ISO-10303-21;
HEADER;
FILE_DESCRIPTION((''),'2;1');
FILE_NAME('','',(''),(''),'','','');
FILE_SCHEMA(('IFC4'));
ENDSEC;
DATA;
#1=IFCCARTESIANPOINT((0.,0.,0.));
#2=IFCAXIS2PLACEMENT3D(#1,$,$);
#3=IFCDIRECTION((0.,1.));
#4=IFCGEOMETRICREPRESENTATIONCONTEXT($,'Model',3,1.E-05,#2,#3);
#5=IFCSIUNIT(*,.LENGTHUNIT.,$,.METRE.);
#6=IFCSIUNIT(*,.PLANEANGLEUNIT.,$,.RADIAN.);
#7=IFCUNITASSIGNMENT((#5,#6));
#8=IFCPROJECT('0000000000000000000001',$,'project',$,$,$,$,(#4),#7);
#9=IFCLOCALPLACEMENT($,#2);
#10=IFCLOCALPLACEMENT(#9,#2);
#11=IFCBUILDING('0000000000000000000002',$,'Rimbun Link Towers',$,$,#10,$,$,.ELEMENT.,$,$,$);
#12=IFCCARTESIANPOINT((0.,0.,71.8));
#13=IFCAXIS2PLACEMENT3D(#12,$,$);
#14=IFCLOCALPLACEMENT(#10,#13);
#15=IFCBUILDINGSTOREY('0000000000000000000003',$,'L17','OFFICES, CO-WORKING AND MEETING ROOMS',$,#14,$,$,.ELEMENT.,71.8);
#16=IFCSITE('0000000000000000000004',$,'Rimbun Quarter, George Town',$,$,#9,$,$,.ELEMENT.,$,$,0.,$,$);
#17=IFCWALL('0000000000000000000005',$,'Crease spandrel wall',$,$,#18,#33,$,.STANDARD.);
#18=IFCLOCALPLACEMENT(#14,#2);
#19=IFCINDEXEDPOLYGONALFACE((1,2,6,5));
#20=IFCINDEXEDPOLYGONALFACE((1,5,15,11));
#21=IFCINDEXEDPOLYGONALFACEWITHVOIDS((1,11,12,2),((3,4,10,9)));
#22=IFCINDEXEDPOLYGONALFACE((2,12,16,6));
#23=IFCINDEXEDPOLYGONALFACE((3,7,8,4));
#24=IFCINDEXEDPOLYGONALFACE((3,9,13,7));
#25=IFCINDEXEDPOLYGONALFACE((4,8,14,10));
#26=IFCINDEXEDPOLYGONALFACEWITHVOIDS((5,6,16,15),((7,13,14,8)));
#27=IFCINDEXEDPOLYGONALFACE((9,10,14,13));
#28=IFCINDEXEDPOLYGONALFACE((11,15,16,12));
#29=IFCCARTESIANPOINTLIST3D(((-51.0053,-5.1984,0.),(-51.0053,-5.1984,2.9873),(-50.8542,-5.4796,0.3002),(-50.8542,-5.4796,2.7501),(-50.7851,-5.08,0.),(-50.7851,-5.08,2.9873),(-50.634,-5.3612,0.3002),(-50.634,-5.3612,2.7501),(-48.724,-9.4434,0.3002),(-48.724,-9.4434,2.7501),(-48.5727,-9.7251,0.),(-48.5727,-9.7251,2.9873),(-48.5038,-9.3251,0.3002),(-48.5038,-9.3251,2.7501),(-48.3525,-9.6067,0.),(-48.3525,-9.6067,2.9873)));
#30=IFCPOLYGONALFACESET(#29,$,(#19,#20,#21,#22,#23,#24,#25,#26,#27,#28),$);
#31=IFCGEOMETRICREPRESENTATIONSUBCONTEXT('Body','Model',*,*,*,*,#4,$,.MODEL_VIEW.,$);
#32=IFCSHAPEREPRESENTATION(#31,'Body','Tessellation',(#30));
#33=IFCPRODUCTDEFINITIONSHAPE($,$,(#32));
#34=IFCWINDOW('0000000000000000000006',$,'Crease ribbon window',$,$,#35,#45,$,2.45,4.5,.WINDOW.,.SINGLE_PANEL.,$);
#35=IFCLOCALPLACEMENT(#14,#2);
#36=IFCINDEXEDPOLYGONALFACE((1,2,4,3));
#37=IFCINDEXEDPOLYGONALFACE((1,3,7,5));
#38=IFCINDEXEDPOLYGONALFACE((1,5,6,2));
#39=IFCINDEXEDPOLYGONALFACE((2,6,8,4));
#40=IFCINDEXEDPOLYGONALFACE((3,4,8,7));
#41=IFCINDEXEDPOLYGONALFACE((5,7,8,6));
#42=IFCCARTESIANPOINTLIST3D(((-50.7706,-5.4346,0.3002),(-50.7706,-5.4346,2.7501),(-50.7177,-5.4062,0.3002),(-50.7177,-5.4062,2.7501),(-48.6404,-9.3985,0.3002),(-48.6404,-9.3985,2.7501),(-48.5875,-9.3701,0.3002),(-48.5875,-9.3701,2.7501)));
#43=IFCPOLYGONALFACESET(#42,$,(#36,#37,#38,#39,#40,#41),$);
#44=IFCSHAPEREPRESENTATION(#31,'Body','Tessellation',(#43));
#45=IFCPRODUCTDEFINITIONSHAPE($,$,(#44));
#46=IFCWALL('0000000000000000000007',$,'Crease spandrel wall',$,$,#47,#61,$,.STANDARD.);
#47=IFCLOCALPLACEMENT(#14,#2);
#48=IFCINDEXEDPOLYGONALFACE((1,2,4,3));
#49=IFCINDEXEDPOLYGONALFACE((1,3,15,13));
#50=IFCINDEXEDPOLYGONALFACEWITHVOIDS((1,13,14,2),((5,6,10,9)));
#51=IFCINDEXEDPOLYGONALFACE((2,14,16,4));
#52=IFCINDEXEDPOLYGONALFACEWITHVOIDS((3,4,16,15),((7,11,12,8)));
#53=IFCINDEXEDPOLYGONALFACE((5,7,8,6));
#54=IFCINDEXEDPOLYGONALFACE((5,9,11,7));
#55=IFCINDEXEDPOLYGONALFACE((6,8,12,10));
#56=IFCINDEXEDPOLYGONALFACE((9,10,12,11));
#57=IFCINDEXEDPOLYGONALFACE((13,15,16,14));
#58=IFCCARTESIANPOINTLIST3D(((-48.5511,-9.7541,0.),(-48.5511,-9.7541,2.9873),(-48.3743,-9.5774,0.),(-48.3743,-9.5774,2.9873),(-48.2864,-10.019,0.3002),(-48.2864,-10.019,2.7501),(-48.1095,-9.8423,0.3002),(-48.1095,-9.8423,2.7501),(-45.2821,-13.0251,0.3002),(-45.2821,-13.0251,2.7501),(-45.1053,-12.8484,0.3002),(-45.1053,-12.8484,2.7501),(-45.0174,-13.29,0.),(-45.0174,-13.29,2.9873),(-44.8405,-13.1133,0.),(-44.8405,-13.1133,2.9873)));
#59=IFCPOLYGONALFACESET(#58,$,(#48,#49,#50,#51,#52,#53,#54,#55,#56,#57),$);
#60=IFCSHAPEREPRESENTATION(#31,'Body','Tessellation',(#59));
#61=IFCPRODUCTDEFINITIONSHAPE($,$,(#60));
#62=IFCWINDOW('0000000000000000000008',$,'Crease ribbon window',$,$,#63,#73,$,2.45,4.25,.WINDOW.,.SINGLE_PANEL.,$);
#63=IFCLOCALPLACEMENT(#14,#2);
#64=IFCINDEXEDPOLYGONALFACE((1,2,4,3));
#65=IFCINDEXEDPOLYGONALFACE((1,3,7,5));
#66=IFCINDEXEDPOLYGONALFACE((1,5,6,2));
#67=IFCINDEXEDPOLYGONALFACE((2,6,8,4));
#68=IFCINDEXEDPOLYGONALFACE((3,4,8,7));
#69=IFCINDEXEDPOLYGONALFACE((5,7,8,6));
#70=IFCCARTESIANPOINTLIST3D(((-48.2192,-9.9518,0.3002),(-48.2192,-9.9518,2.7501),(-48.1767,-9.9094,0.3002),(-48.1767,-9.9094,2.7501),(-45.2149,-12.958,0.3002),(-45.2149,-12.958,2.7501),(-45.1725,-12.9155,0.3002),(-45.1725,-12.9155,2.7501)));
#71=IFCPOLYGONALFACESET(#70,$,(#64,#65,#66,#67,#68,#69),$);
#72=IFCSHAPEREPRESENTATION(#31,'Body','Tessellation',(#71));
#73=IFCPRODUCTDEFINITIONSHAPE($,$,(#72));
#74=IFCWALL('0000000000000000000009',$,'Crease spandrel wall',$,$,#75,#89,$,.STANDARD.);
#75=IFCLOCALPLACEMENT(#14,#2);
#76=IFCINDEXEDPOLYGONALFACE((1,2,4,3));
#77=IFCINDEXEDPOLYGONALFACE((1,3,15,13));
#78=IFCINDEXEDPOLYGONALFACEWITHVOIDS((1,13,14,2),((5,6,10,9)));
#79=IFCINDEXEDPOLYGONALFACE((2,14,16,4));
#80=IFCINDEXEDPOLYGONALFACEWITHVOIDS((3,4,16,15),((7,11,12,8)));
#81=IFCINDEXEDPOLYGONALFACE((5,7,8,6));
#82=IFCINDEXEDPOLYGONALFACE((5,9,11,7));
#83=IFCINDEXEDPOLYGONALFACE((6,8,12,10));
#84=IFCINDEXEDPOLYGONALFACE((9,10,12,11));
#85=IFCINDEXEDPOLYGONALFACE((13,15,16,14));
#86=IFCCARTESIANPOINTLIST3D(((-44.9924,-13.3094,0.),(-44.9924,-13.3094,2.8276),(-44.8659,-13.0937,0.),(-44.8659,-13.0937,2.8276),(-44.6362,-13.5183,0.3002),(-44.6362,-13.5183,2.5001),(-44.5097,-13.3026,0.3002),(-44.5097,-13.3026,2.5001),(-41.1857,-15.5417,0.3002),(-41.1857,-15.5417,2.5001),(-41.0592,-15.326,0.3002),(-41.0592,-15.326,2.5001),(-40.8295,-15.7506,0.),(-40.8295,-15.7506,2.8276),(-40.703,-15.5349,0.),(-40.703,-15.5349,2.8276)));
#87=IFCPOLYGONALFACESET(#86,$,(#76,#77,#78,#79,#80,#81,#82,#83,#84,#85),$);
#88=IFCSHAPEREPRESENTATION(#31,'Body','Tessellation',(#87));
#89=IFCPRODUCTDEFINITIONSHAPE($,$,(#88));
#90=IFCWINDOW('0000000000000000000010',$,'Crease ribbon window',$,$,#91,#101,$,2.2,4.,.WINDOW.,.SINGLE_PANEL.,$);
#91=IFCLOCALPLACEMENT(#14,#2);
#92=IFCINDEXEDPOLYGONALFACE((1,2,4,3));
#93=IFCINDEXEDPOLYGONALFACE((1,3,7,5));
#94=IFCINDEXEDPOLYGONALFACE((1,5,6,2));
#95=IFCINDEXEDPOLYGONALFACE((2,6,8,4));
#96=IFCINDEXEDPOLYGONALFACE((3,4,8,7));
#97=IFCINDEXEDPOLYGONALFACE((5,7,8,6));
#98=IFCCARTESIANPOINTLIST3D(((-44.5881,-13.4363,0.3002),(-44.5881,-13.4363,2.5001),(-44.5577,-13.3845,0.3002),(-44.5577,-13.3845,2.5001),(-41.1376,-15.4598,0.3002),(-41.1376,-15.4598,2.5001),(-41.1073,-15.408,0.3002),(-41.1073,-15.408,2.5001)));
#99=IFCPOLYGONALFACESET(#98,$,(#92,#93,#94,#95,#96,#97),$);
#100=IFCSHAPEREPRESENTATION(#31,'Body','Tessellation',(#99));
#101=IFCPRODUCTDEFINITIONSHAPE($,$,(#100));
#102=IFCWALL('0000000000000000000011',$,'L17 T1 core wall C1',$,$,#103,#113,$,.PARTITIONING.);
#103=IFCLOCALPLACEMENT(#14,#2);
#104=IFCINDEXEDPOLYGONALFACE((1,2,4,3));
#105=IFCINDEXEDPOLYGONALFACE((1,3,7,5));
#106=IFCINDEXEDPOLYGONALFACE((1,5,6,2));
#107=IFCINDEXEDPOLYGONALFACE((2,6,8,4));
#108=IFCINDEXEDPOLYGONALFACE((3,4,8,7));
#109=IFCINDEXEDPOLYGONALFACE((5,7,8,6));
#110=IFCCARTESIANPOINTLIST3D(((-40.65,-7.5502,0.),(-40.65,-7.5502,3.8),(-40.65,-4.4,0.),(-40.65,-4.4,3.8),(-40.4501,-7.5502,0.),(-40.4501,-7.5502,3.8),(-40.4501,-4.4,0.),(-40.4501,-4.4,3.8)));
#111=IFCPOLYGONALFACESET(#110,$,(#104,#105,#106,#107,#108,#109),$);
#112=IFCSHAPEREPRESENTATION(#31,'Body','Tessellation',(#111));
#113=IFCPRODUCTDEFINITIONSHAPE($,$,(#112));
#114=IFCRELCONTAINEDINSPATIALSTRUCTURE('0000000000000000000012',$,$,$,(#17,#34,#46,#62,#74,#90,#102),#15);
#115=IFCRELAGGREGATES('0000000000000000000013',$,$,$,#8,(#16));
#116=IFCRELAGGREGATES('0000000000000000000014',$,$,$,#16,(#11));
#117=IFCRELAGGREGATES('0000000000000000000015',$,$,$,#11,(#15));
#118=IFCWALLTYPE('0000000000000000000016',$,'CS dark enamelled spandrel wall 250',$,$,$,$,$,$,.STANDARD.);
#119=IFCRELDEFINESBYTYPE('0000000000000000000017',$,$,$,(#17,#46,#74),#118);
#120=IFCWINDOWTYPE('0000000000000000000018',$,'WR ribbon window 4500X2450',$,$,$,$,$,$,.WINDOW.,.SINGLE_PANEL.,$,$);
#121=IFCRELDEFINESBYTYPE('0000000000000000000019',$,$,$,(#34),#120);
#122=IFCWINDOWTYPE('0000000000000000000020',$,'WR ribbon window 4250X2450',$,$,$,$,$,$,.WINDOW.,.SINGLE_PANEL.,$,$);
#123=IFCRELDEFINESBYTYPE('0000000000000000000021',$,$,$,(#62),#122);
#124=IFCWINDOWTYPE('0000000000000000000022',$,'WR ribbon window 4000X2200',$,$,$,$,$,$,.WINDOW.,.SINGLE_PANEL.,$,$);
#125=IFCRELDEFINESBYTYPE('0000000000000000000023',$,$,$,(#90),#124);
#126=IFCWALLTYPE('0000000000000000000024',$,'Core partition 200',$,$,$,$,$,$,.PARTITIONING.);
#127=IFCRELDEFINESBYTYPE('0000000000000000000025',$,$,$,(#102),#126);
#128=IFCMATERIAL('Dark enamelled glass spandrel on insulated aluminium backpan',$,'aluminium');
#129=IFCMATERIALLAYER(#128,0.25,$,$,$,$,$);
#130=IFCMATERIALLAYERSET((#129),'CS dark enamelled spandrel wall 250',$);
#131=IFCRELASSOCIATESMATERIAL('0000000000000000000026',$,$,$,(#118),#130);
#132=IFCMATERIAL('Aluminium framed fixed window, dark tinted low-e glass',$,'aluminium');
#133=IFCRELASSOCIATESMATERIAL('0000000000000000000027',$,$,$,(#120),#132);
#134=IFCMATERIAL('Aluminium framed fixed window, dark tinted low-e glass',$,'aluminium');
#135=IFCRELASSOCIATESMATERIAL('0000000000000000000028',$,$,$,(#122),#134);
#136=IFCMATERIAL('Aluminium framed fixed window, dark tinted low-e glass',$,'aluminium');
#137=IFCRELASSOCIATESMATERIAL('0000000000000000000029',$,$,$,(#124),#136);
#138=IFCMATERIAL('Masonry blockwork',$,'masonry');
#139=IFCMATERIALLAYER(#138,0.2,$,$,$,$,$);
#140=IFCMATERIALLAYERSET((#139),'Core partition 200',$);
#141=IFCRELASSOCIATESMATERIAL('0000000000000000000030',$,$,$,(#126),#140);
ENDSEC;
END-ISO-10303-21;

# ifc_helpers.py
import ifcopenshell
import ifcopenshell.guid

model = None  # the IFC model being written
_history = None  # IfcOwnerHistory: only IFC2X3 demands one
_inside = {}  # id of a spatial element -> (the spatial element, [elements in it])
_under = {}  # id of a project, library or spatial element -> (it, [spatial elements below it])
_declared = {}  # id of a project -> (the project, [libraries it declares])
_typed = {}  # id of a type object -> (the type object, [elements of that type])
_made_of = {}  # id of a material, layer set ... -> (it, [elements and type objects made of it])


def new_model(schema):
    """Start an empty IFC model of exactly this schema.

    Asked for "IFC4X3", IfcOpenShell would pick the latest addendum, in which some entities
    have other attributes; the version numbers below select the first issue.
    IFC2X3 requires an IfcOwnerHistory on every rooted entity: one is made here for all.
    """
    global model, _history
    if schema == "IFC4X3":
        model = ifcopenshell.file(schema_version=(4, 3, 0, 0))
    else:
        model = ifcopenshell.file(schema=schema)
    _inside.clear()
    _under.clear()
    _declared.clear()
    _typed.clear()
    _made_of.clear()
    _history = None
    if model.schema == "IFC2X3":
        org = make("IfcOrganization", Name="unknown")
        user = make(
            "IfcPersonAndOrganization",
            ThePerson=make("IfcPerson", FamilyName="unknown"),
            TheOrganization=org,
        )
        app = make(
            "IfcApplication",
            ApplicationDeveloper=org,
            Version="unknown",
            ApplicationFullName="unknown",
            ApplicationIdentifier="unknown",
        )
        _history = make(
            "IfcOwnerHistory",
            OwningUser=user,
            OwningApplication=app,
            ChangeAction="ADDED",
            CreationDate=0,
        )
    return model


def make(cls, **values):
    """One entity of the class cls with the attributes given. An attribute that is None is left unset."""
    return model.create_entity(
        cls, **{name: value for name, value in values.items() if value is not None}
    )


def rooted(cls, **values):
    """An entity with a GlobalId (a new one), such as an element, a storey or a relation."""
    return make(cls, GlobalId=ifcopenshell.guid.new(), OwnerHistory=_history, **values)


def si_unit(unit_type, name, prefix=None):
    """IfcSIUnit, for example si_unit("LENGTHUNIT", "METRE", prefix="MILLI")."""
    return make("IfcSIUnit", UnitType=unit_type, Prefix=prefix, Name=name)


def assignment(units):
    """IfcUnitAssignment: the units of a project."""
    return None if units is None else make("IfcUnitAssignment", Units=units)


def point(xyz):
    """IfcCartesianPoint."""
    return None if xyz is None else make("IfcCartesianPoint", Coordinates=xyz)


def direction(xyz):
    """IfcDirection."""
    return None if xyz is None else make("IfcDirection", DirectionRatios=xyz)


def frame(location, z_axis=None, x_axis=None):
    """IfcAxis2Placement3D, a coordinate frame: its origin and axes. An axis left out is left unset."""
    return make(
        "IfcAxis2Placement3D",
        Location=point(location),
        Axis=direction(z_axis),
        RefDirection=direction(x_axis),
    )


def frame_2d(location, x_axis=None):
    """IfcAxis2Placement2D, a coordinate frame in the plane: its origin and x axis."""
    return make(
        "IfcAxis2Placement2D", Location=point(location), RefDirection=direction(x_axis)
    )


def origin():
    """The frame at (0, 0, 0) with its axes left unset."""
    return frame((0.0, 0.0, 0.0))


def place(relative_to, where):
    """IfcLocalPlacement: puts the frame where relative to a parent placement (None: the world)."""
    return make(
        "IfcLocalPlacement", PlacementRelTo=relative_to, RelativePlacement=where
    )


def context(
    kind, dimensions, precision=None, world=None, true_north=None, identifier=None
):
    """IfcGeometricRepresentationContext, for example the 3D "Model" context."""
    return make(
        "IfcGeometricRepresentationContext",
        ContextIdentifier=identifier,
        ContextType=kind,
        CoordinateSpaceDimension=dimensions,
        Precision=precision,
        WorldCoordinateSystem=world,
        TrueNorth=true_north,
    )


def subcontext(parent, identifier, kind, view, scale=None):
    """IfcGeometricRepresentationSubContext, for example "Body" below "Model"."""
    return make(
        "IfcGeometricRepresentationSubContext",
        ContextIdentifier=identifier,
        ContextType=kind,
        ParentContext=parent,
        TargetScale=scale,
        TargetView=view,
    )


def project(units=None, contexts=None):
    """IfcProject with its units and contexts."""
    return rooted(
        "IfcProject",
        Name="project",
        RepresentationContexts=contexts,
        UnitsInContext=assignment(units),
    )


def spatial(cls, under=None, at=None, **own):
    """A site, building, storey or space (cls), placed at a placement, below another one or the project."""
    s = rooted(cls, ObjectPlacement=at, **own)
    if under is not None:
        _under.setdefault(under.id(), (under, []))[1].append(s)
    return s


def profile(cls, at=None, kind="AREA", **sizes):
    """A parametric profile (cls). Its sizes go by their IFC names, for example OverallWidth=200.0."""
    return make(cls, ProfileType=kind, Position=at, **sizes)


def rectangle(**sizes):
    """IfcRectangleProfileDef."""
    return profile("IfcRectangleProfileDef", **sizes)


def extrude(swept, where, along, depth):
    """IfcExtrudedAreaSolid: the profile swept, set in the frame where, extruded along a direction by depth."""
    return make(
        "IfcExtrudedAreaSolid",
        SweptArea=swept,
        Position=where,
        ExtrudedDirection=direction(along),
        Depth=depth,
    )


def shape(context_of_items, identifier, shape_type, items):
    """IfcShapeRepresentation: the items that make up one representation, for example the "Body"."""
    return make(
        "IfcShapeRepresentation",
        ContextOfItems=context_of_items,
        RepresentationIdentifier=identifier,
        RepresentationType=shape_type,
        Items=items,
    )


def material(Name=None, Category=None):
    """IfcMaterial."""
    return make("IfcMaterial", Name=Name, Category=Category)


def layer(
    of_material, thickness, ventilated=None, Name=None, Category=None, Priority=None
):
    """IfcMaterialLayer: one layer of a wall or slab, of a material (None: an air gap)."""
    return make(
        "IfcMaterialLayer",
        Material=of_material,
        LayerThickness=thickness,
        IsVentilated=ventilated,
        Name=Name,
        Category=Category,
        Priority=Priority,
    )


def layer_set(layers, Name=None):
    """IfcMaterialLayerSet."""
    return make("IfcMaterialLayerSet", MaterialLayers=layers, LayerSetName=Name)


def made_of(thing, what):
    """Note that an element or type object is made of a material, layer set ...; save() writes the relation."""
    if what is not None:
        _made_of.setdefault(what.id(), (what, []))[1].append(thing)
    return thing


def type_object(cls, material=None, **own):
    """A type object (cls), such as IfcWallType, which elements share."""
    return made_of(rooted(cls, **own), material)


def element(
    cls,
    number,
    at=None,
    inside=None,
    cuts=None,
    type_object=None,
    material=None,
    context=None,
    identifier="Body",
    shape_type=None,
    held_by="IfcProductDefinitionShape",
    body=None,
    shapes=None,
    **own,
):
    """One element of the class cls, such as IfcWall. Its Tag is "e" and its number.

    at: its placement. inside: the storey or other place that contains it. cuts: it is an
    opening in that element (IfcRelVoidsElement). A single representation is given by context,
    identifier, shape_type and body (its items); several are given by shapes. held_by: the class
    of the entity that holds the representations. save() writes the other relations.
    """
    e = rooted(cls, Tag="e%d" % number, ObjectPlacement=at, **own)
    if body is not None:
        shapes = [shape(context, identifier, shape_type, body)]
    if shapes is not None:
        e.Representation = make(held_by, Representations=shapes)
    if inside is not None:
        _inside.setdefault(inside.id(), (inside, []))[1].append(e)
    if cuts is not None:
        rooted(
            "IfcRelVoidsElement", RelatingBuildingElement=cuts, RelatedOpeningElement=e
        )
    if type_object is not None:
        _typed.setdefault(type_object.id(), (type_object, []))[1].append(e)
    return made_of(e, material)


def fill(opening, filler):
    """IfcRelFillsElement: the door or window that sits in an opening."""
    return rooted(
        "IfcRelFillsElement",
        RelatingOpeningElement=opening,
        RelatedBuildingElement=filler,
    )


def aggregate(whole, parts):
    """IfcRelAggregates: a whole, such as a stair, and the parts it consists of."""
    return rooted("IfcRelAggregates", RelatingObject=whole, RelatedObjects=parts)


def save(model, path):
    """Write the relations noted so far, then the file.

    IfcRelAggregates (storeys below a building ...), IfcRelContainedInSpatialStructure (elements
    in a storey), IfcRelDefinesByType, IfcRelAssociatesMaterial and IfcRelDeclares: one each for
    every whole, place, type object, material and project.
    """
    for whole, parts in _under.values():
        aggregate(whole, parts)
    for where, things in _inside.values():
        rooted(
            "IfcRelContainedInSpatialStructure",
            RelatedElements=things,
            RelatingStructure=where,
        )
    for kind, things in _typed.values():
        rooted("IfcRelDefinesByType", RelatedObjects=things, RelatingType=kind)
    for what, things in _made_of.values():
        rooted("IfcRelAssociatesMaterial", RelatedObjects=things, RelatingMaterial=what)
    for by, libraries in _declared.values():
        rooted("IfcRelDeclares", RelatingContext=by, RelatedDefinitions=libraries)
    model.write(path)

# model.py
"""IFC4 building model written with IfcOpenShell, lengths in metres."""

from ifc_helpers import new_model, si_unit, direction, frame, frame_2d, origin, place, context, subcontext, project, spatial, rectangle, extrude, material, layer, layer_set, type_object, element, fill, save


model = new_model("IFC4")

# Units and contexts
model_context = context("Model", 3, precision=1e-05, world=origin(), true_north=direction((0.0, 1.0)))
body_context = subcontext(model_context, "Body", "Model", "MODEL_VIEW")
ifc_project = project(units=[si_unit("LENGTHUNIT", "METRE"), si_unit("PLANEANGLEUNIT", "RADIAN")], contexts=[model_context])

# Site, building, storey
site_placement = place(None, origin())
site = spatial("IfcSite", under=ifc_project, at=site_placement, Name="Rimbun Quarter, George Town", CompositionType="ELEMENT", RefElevation=0.0)
building_placement = place(site_placement, origin())
building = spatial("IfcBuilding", under=site, at=building_placement, Name="Rimbun Link Towers", CompositionType="ELEMENT")
storey_placement = place(building_placement, frame((0.0, 0.0, 71.8)))
storey = spatial("IfcBuildingStorey", under=building, at=storey_placement, Name="L17", Description="OFFICES, CO-WORKING AND MEETING ROOMS", CompositionType="ELEMENT", Elevation=71.8)

# Walls, openings, windows
ifc_material_1 = material(Name="Dark enamelled glass spandrel on insulated aluminium backpan", Category="aluminium")
ifc_layer_1 = layer(ifc_material_1, 0.25)
ifc_layer_set_1 = layer_set([ifc_layer_1], Name="CS dark enamelled spandrel wall 250")
wall_type_1 = type_object("IfcWallType", Name="CS dark enamelled spandrel wall 250", PredefinedType="STANDARD", material=ifc_layer_set_1)
wall_1_placement = place(storey_placement, frame((-48.4626, -9.6658, 0.0), z_axis=(0.0, 0.0, 1.0), x_axis=(-0.473377, 0.88086, 0.0)))
wall_1 = element("IfcWall", 1, at=wall_1_placement, inside=storey, type_object=wall_type_1, Name="Crease spandrel wall", PredefinedType="STANDARD", context=body_context, shape_type="SweptSolid", body=[
    extrude(rectangle(XDim=5.1389, YDim=0.25, at=frame_2d((2.5693, 0.0))), origin(), (0.0, 0.0, 1.0), 2.9873),
])
opening_1_placement = place(wall_1_placement, frame((0.3196, 0.0, 0.3)))
opening_1 = element("IfcOpeningElement", 2, at=opening_1_placement, cuts=wall_1, PredefinedType="OPENING", context=body_context, shape_type="SweptSolid", body=[
    extrude(rectangle(XDim=4.5, YDim=2.45, at=frame_2d((2.25, 1.2251))), frame((0.0, 0.135, 0.0), z_axis=(0.0, -1.0, 0.0), x_axis=(1.0, 0.0, 0.0)), (0.0, 0.0, 1.0), 0.27),
])
ifc_material_2 = material(Name="Aluminium framed fixed window, dark tinted low-e glass", Category="aluminium")
window_type_1 = type_object("IfcWindowType", Name="WR ribbon window 4500X2450", PartitioningType="SINGLE_PANEL", PredefinedType="WINDOW", material=ifc_material_2)
window_1_placement = place(opening_1_placement, origin())
window_1 = element("IfcWindow", 3, at=window_1_placement, inside=storey, type_object=window_type_1, Name="Crease ribbon window", OverallHeight=2.45, OverallWidth=4.5, PartitioningType="SINGLE_PANEL", PredefinedType="WINDOW", context=body_context, shape_type="SweptSolid", body=[
    extrude(rectangle(XDim=4.5, YDim=2.45, at=frame_2d((2.25, 1.2251))), frame((0.0, 0.03, 0.0), z_axis=(0.0, -1.0, 0.0), x_axis=(1.0, 0.0, 0.0)), (0.0, 0.0, 1.0), 0.0601),
])
fill(opening_1, window_1)
wall_2_placement = place(storey_placement, frame((-44.929, -13.2017, 0.0), z_axis=(0.0, 0.0, 1.0), x_axis=(-0.706887, 0.707327, 0.0)))
wall_2 = element("IfcWall", 4, at=wall_2_placement, inside=storey, type_object=wall_type_1, Name="Crease spandrel wall", PredefinedType="STANDARD", context=body_context, shape_type="SweptSolid", body=[
    extrude(rectangle(XDim=4.999, YDim=0.25, at=frame_2d((2.4995, 0.0))), origin(), (0.0, 0.0, 1.0), 2.9873),
])
opening_2_placement = place(wall_2_placement, frame((0.3745, 0.0, 0.3)))
opening_2 = element("IfcOpeningElement", 5, at=opening_2_placement, cuts=wall_2, PredefinedType="OPENING", context=body_context, shape_type="SweptSolid", body=[
    extrude(rectangle(XDim=4.25, YDim=2.45, at=frame_2d((2.125, 1.2251))), frame((0.0, 0.135, 0.0), z_axis=(0.0, -1.0, 0.0), x_axis=(1.0, 0.0, 0.0)), (0.0, 0.0, 1.0), 0.27),
])
ifc_material_3 = material(Name="Aluminium framed fixed window, dark tinted low-e glass", Category="aluminium")
window_type_2 = type_object("IfcWindowType", Name="WR ribbon window 4250X2450", PartitioningType="SINGLE_PANEL", PredefinedType="WINDOW", material=ifc_material_3)
window_2_placement = place(opening_2_placement, origin())
window_2 = element("IfcWindow", 6, at=window_2_placement, inside=storey, type_object=window_type_2, Name="Crease ribbon window", OverallHeight=2.45, OverallWidth=4.25, PartitioningType="SINGLE_PANEL", PredefinedType="WINDOW", context=body_context, shape_type="SweptSolid", body=[
    extrude(rectangle(XDim=4.25, YDim=2.45, at=frame_2d((2.125, 1.2251))), frame((0.0, 0.03, 0.0), z_axis=(0.0, -1.0, 0.0), x_axis=(1.0, 0.0, 0.0)), (0.0, 0.0, 1.0), 0.0601),
])
fill(opening_2, window_2)
wall_3_placement = place(storey_placement, frame((-40.7661, -15.6428, 0.0), z_axis=(0.0, 0.0, 1.0), x_axis=(-0.862619, 0.505855, 0.0)))
wall_3 = element("IfcWall", 7, at=wall_3_placement, inside=storey, type_object=wall_type_1, Name="Crease spandrel wall", PredefinedType="STANDARD", context=body_context, shape_type="SweptSolid", body=[
    extrude(rectangle(XDim=4.8259, YDim=0.25, at=frame_2d((2.4131, 0.0))), origin(), (0.0, 0.0, 1.0), 2.8276),
])
opening_3_placement = place(wall_3_placement, frame((0.4131, 0.0, 0.3)))
opening_3 = element("IfcOpeningElement", 8, at=opening_3_placement, cuts=wall_3, PredefinedType="OPENING", context=body_context, shape_type="SweptSolid", body=[
    extrude(rectangle(XDim=4.0, YDim=2.2, at=frame_2d((2.0, 1.1001))), frame((0.0, 0.135, 0.0), z_axis=(0.0, -1.0, 0.0), x_axis=(1.0, 0.0, 0.0)), (0.0, 0.0, 1.0), 0.27),
])
ifc_material_4 = material(Name="Aluminium framed fixed window, dark tinted low-e glass", Category="aluminium")
window_type_3 = type_object("IfcWindowType", Name="WR ribbon window 4000X2200", PartitioningType="SINGLE_PANEL", PredefinedType="WINDOW", material=ifc_material_4)
window_3_placement = place(opening_3_placement, origin())
window_3 = element("IfcWindow", 9, at=window_3_placement, inside=storey, type_object=window_type_3, Name="Crease ribbon window", OverallHeight=2.2, OverallWidth=4.0, PartitioningType="SINGLE_PANEL", PredefinedType="WINDOW", context=body_context, shape_type="SweptSolid", body=[
    extrude(rectangle(XDim=4.0, YDim=2.2, at=frame_2d((2.0, 1.1001))), frame((0.0, 0.03, 0.0), z_axis=(0.0, -1.0, 0.0), x_axis=(1.0, 0.0, 0.0)), (0.0, 0.0, 1.0), 0.0601),
])
fill(opening_3, window_3)

# Wall
ifc_material_5 = material(Name="Masonry blockwork", Category="masonry")
ifc_layer_2 = layer(ifc_material_5, 0.2)
ifc_layer_set_2 = layer_set([ifc_layer_2], Name="Core partition 200")
wall_type_2 = type_object("IfcWallType", Name="Core partition 200", PredefinedType="PARTITIONING", material=ifc_layer_set_2)
wall_4_placement = place(storey_placement, frame((-40.55, -4.3999, 0.0), z_axis=(0.0, 0.0, 1.0), x_axis=(0.0, -1.0, 0.0)))
element("IfcWall", 10, at=wall_4_placement, inside=storey, type_object=wall_type_2, Name="L17 T1 core wall C1", PredefinedType="PARTITIONING", context=body_context, shape_type="SweptSolid", body=[
    extrude(rectangle(XDim=3.1501, YDim=0.2, at=frame_2d((1.5752, 0.0))), origin(), (0.0, 0.0, 1.0), 3.8),
])

save(model, "model.ifc")
